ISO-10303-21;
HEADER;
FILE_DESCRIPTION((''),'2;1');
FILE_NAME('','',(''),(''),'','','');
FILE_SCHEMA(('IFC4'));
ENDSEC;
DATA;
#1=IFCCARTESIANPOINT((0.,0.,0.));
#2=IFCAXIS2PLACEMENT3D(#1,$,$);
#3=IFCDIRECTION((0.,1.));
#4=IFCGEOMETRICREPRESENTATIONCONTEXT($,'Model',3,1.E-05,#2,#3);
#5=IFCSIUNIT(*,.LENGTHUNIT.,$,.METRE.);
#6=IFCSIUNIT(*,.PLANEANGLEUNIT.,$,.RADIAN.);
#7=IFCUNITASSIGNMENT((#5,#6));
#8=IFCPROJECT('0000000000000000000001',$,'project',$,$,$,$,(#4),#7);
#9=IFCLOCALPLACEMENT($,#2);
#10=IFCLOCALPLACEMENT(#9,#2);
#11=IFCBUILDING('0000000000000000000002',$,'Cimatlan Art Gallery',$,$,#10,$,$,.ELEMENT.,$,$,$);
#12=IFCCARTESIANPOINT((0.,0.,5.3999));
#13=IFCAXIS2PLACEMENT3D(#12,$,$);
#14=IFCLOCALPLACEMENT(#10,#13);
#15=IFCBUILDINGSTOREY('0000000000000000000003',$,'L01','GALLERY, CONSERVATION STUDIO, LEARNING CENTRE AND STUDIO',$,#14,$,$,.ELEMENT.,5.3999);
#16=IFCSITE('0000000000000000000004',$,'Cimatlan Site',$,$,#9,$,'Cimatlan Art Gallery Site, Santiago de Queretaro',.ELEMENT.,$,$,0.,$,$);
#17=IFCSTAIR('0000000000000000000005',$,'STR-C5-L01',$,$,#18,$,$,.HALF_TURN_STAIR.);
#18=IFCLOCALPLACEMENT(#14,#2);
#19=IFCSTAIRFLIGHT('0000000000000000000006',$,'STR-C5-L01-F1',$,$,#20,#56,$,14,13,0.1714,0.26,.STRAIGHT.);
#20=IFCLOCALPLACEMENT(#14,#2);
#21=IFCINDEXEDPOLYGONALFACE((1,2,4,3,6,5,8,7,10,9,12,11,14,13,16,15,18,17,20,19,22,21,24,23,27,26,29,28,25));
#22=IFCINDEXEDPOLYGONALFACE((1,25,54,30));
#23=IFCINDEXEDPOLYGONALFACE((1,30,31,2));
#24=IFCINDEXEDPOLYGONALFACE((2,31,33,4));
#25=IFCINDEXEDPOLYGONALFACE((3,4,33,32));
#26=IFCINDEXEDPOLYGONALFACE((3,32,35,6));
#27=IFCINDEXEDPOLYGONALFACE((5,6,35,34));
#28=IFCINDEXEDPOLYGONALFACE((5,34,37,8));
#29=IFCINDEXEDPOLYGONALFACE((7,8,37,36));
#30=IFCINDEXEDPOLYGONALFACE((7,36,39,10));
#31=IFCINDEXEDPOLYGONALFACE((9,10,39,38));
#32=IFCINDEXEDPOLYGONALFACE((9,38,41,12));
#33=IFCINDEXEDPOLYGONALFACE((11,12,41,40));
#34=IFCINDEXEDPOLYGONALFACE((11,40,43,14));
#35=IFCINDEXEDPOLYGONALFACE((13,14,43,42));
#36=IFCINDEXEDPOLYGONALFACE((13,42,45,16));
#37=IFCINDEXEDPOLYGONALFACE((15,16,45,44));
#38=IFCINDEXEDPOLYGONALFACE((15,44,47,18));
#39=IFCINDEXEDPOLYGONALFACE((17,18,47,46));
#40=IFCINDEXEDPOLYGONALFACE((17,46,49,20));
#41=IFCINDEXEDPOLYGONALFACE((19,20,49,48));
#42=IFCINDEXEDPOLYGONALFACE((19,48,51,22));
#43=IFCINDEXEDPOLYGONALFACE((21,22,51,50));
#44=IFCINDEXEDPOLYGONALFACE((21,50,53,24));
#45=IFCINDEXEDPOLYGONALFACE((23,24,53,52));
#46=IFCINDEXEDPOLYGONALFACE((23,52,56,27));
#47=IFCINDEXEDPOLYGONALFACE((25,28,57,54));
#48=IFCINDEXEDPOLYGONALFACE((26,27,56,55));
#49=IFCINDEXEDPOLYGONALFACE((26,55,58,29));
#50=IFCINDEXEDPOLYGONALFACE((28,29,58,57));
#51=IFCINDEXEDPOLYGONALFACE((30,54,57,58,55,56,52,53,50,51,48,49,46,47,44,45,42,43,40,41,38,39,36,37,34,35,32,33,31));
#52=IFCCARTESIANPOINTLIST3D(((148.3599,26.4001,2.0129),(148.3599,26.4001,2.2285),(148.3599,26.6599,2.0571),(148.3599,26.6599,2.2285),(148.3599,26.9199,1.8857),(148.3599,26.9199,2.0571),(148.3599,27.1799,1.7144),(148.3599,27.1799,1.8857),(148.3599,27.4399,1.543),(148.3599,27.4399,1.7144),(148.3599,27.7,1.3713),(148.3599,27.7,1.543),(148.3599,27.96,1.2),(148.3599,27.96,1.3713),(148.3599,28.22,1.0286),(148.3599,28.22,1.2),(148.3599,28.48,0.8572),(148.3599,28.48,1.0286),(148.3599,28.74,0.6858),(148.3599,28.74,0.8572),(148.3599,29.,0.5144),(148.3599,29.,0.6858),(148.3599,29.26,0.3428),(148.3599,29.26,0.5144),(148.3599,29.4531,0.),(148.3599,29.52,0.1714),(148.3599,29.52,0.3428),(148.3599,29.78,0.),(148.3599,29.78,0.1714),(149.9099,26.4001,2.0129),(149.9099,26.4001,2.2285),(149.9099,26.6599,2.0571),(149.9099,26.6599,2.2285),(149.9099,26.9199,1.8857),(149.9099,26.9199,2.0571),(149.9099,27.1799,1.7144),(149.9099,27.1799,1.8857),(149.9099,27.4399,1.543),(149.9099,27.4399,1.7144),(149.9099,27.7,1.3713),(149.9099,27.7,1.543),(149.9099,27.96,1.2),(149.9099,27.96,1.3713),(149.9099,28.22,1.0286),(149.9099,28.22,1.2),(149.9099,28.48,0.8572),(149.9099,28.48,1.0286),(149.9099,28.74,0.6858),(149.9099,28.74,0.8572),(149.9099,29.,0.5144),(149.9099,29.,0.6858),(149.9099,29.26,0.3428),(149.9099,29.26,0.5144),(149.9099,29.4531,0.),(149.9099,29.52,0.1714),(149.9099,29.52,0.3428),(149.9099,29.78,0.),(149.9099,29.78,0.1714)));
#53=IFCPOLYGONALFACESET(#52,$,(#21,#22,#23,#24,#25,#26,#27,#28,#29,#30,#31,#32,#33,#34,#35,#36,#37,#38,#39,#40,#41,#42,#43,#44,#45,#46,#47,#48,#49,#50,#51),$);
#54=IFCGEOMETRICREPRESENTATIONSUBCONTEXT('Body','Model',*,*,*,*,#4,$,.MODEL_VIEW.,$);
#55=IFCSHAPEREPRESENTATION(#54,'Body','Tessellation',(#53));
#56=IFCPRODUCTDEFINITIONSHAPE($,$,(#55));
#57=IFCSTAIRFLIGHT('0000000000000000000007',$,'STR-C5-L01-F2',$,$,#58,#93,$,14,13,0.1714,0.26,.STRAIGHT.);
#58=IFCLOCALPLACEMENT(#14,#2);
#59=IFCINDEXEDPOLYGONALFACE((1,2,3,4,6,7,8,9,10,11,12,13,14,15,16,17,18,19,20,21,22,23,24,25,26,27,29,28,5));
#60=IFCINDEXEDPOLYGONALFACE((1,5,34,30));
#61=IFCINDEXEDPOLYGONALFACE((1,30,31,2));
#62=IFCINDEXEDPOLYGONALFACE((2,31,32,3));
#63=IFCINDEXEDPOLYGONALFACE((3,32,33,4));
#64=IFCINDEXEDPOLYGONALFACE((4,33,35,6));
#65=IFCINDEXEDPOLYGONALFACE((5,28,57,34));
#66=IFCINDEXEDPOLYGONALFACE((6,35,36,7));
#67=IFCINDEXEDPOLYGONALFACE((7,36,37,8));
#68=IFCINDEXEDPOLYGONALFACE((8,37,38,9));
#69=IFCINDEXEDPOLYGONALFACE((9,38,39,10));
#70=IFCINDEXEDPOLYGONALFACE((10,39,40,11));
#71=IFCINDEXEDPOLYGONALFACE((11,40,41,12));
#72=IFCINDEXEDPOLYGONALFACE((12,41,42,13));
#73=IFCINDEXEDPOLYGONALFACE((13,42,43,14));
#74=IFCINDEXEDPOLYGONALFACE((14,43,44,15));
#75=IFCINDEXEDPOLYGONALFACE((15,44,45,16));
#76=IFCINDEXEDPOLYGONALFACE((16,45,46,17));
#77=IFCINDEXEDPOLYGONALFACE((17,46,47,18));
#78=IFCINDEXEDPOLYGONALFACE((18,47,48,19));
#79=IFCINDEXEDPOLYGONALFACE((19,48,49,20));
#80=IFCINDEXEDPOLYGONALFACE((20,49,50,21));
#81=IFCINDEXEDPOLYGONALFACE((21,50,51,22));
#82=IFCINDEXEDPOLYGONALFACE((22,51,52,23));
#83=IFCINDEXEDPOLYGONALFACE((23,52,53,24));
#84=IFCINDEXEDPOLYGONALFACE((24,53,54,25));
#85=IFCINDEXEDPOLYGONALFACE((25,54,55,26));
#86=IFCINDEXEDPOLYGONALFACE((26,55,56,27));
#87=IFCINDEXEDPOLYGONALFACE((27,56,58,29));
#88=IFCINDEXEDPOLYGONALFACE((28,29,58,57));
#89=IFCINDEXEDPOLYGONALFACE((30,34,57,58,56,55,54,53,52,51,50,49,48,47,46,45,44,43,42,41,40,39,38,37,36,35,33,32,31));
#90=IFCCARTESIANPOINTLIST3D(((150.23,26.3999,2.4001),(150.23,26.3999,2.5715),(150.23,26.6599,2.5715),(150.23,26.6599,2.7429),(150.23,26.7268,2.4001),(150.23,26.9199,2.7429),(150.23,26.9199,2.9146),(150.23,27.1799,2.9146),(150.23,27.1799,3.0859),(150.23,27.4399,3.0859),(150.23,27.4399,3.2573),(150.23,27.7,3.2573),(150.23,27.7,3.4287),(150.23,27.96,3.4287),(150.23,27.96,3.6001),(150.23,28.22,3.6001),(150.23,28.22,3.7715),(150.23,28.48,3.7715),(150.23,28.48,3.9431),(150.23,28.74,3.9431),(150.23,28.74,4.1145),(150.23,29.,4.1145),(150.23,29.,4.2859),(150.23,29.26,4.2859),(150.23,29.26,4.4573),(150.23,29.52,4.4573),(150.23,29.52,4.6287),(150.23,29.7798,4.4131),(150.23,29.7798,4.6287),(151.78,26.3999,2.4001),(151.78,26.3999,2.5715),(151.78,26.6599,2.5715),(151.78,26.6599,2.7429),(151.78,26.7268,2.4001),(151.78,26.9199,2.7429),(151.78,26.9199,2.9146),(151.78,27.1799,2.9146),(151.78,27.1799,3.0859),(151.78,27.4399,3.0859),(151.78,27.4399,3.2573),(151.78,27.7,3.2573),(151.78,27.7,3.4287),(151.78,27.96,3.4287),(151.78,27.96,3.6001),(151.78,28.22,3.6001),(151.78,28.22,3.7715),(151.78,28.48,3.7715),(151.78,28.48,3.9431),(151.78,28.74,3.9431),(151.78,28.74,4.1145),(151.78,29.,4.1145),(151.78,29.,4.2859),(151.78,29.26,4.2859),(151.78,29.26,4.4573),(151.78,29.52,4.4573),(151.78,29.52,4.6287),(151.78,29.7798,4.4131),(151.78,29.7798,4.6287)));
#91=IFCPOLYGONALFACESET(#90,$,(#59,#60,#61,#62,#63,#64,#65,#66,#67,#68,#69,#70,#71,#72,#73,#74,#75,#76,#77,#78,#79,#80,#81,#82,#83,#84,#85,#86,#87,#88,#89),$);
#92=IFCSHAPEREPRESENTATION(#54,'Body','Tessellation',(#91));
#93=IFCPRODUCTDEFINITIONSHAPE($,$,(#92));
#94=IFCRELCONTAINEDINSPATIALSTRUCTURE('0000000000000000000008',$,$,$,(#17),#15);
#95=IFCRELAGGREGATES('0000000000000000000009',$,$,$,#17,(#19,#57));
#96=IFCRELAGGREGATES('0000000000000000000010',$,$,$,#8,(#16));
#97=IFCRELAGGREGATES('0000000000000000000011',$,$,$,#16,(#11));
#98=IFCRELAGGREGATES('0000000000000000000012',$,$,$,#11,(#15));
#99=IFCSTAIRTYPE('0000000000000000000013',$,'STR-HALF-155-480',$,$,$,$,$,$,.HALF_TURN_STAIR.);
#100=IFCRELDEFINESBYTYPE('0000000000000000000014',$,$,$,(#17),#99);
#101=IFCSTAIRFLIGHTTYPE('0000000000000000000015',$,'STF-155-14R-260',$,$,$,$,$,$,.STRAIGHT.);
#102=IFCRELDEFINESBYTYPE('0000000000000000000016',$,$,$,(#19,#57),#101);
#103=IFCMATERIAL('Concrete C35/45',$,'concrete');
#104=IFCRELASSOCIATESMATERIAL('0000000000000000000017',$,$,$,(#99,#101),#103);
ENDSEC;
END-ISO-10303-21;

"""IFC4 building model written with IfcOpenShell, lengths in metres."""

from ifc_helpers import new_model, si_unit, direction, frame, origin, place, context, subcontext, project, spatial, polyline, outline, extrude, material, type_object, element, aggregate, save


model = new_model("IFC4")

# Units and contexts
model_context = context("Model", 3, precision=1e-05, world=origin(), true_north=direction((0.0, 1.0)))
body_context = subcontext(model_context, "Body", "Model", "MODEL_VIEW")
ifc_project = project(units=[si_unit("LENGTHUNIT", "METRE"), si_unit("PLANEANGLEUNIT", "RADIAN")], contexts=[model_context])

# Site, building, storey
site_placement = place(None, origin())
site = spatial("IfcSite", under=ifc_project, at=site_placement, Name="Cimatlan Site", LongName="Cimatlan Art Gallery Site, Santiago de Queretaro", CompositionType="ELEMENT", RefElevation=0.0)
building_placement = place(site_placement, origin())
building = spatial("IfcBuilding", under=site, at=building_placement, Name="Cimatlan Art Gallery", CompositionType="ELEMENT")
storey_placement = place(building_placement, frame((0.0, 0.0, 5.3999)))
storey = spatial("IfcBuildingStorey", under=building, at=storey_placement, Name="L01", Description="GALLERY, CONSERVATION STUDIO, LEARNING CENTRE AND STUDIO", CompositionType="ELEMENT", Elevation=5.3999)

# Stair, stair flights
ifc_material_1 = material(Name="Concrete C35/45", Category="concrete")
stair_type = type_object("IfcStairType", Name="STR-HALF-155-480", PredefinedType="HALF_TURN_STAIR", material=ifc_material_1)
stair_placement = place(storey_placement, origin())
stair = element("IfcStair", 1, at=stair_placement, inside=storey, type_object=stair_type, Name="STR-C5-L01", PredefinedType="HALF_TURN_STAIR")
stair_flight_type = type_object("IfcStairFlightType", Name="STF-155-14R-260", PredefinedType="STRAIGHT", material=ifc_material_1)
stair_flight_1_placement = place(storey_placement, frame((149.135, 29.78, 0.0), z_axis=(0.0, 0.0, 1.0), x_axis=(0.0, -1.0, 0.0)))
stair_flight_1 = element("IfcStairFlight", 2, at=stair_flight_1_placement, type_object=stair_flight_type, Name="STR-C5-L01-F1", NumberOfRisers=14, NumberOfTreads=13, PredefinedType="STRAIGHT", RiserHeight=0.1714, TreadLength=0.26, context=body_context, shape_type="SweptSolid", body=[
    extrude(outline(polyline([(0.0, 0.0), (0.0, 0.1714), (0.26, 0.1714), (0.26, 0.3428), (0.52, 0.3428), (0.52, 0.5144), (0.78, 0.5144), (0.78, 0.6858), (1.04, 0.6858), (1.04, 0.8572), (1.3, 0.8572), (1.3, 1.0286), (1.5601, 1.0286), (1.5601, 1.2), (1.8201, 1.2), (1.8201, 1.3713), (2.0801, 1.3713), (2.0801, 1.543), (2.3401, 1.543), (2.3401, 1.7144), (2.6001, 1.7144), (2.6001, 1.8857), (2.8601, 1.8857), (2.8601, 2.0571), (3.1201, 2.0571), (3.1201, 2.2285), (3.3799, 2.2285), (3.3799, 2.3999), (3.3799, 2.0129), (0.3269, 0.0), (0.0, 0.0)])), frame((0.0, 0.7749, 0.0), z_axis=(0.0, -1.0, 0.0), x_axis=(1.0, 0.0, 0.0)), (0.0, 0.0, 1.0), 1.55),
])
stair_flight_2_placement = place(storey_placement, frame((151.0049, 26.3999, 2.4001), z_axis=(0.0, 0.0, 1.0), x_axis=(0.0, 1.0, 0.0)))
stair_flight_2 = element("IfcStairFlight", 3, at=stair_flight_2_placement, type_object=stair_flight_type, Name="STR-C5-L01-F2", NumberOfRisers=14, NumberOfTreads=13, PredefinedType="STRAIGHT", RiserHeight=0.1714, TreadLength=0.26, context=body_context, shape_type="SweptSolid", body=[
    extrude(outline(polyline([(0.0, 0.0), (0.0, 0.1714), (0.26, 0.1714), (0.26, 0.3428), (0.52, 0.3428), (0.52, 0.5144), (0.78, 0.5144), (0.78, 0.6858), (1.04, 0.6858), (1.04, 0.8572), (1.3, 0.8572), (1.3, 1.0286), (1.5601, 1.0286), (1.5601, 1.2), (1.8201, 1.2), (1.8201, 1.3713), (2.0801, 1.3713), (2.0801, 1.543), (2.3401, 1.543), (2.3401, 1.7144), (2.6001, 1.7144), (2.6001, 1.8857), (2.8601, 1.8857), (2.8601, 2.0571), (3.1201, 2.0571), (3.1201, 2.2285), (3.3799, 2.2285), (3.3799, 2.3999), (3.3799, 2.0129), (0.3269, 0.0), (0.0, 0.0)])), frame((0.0, 0.7749, 0.0), z_axis=(0.0, -1.0, 0.0), x_axis=(1.0, 0.0, 0.0)), (0.0, 0.0, 1.0), 1.55),
])
aggregate(stair, [stair_flight_1, stair_flight_2])

save(model, "model.ifc")
